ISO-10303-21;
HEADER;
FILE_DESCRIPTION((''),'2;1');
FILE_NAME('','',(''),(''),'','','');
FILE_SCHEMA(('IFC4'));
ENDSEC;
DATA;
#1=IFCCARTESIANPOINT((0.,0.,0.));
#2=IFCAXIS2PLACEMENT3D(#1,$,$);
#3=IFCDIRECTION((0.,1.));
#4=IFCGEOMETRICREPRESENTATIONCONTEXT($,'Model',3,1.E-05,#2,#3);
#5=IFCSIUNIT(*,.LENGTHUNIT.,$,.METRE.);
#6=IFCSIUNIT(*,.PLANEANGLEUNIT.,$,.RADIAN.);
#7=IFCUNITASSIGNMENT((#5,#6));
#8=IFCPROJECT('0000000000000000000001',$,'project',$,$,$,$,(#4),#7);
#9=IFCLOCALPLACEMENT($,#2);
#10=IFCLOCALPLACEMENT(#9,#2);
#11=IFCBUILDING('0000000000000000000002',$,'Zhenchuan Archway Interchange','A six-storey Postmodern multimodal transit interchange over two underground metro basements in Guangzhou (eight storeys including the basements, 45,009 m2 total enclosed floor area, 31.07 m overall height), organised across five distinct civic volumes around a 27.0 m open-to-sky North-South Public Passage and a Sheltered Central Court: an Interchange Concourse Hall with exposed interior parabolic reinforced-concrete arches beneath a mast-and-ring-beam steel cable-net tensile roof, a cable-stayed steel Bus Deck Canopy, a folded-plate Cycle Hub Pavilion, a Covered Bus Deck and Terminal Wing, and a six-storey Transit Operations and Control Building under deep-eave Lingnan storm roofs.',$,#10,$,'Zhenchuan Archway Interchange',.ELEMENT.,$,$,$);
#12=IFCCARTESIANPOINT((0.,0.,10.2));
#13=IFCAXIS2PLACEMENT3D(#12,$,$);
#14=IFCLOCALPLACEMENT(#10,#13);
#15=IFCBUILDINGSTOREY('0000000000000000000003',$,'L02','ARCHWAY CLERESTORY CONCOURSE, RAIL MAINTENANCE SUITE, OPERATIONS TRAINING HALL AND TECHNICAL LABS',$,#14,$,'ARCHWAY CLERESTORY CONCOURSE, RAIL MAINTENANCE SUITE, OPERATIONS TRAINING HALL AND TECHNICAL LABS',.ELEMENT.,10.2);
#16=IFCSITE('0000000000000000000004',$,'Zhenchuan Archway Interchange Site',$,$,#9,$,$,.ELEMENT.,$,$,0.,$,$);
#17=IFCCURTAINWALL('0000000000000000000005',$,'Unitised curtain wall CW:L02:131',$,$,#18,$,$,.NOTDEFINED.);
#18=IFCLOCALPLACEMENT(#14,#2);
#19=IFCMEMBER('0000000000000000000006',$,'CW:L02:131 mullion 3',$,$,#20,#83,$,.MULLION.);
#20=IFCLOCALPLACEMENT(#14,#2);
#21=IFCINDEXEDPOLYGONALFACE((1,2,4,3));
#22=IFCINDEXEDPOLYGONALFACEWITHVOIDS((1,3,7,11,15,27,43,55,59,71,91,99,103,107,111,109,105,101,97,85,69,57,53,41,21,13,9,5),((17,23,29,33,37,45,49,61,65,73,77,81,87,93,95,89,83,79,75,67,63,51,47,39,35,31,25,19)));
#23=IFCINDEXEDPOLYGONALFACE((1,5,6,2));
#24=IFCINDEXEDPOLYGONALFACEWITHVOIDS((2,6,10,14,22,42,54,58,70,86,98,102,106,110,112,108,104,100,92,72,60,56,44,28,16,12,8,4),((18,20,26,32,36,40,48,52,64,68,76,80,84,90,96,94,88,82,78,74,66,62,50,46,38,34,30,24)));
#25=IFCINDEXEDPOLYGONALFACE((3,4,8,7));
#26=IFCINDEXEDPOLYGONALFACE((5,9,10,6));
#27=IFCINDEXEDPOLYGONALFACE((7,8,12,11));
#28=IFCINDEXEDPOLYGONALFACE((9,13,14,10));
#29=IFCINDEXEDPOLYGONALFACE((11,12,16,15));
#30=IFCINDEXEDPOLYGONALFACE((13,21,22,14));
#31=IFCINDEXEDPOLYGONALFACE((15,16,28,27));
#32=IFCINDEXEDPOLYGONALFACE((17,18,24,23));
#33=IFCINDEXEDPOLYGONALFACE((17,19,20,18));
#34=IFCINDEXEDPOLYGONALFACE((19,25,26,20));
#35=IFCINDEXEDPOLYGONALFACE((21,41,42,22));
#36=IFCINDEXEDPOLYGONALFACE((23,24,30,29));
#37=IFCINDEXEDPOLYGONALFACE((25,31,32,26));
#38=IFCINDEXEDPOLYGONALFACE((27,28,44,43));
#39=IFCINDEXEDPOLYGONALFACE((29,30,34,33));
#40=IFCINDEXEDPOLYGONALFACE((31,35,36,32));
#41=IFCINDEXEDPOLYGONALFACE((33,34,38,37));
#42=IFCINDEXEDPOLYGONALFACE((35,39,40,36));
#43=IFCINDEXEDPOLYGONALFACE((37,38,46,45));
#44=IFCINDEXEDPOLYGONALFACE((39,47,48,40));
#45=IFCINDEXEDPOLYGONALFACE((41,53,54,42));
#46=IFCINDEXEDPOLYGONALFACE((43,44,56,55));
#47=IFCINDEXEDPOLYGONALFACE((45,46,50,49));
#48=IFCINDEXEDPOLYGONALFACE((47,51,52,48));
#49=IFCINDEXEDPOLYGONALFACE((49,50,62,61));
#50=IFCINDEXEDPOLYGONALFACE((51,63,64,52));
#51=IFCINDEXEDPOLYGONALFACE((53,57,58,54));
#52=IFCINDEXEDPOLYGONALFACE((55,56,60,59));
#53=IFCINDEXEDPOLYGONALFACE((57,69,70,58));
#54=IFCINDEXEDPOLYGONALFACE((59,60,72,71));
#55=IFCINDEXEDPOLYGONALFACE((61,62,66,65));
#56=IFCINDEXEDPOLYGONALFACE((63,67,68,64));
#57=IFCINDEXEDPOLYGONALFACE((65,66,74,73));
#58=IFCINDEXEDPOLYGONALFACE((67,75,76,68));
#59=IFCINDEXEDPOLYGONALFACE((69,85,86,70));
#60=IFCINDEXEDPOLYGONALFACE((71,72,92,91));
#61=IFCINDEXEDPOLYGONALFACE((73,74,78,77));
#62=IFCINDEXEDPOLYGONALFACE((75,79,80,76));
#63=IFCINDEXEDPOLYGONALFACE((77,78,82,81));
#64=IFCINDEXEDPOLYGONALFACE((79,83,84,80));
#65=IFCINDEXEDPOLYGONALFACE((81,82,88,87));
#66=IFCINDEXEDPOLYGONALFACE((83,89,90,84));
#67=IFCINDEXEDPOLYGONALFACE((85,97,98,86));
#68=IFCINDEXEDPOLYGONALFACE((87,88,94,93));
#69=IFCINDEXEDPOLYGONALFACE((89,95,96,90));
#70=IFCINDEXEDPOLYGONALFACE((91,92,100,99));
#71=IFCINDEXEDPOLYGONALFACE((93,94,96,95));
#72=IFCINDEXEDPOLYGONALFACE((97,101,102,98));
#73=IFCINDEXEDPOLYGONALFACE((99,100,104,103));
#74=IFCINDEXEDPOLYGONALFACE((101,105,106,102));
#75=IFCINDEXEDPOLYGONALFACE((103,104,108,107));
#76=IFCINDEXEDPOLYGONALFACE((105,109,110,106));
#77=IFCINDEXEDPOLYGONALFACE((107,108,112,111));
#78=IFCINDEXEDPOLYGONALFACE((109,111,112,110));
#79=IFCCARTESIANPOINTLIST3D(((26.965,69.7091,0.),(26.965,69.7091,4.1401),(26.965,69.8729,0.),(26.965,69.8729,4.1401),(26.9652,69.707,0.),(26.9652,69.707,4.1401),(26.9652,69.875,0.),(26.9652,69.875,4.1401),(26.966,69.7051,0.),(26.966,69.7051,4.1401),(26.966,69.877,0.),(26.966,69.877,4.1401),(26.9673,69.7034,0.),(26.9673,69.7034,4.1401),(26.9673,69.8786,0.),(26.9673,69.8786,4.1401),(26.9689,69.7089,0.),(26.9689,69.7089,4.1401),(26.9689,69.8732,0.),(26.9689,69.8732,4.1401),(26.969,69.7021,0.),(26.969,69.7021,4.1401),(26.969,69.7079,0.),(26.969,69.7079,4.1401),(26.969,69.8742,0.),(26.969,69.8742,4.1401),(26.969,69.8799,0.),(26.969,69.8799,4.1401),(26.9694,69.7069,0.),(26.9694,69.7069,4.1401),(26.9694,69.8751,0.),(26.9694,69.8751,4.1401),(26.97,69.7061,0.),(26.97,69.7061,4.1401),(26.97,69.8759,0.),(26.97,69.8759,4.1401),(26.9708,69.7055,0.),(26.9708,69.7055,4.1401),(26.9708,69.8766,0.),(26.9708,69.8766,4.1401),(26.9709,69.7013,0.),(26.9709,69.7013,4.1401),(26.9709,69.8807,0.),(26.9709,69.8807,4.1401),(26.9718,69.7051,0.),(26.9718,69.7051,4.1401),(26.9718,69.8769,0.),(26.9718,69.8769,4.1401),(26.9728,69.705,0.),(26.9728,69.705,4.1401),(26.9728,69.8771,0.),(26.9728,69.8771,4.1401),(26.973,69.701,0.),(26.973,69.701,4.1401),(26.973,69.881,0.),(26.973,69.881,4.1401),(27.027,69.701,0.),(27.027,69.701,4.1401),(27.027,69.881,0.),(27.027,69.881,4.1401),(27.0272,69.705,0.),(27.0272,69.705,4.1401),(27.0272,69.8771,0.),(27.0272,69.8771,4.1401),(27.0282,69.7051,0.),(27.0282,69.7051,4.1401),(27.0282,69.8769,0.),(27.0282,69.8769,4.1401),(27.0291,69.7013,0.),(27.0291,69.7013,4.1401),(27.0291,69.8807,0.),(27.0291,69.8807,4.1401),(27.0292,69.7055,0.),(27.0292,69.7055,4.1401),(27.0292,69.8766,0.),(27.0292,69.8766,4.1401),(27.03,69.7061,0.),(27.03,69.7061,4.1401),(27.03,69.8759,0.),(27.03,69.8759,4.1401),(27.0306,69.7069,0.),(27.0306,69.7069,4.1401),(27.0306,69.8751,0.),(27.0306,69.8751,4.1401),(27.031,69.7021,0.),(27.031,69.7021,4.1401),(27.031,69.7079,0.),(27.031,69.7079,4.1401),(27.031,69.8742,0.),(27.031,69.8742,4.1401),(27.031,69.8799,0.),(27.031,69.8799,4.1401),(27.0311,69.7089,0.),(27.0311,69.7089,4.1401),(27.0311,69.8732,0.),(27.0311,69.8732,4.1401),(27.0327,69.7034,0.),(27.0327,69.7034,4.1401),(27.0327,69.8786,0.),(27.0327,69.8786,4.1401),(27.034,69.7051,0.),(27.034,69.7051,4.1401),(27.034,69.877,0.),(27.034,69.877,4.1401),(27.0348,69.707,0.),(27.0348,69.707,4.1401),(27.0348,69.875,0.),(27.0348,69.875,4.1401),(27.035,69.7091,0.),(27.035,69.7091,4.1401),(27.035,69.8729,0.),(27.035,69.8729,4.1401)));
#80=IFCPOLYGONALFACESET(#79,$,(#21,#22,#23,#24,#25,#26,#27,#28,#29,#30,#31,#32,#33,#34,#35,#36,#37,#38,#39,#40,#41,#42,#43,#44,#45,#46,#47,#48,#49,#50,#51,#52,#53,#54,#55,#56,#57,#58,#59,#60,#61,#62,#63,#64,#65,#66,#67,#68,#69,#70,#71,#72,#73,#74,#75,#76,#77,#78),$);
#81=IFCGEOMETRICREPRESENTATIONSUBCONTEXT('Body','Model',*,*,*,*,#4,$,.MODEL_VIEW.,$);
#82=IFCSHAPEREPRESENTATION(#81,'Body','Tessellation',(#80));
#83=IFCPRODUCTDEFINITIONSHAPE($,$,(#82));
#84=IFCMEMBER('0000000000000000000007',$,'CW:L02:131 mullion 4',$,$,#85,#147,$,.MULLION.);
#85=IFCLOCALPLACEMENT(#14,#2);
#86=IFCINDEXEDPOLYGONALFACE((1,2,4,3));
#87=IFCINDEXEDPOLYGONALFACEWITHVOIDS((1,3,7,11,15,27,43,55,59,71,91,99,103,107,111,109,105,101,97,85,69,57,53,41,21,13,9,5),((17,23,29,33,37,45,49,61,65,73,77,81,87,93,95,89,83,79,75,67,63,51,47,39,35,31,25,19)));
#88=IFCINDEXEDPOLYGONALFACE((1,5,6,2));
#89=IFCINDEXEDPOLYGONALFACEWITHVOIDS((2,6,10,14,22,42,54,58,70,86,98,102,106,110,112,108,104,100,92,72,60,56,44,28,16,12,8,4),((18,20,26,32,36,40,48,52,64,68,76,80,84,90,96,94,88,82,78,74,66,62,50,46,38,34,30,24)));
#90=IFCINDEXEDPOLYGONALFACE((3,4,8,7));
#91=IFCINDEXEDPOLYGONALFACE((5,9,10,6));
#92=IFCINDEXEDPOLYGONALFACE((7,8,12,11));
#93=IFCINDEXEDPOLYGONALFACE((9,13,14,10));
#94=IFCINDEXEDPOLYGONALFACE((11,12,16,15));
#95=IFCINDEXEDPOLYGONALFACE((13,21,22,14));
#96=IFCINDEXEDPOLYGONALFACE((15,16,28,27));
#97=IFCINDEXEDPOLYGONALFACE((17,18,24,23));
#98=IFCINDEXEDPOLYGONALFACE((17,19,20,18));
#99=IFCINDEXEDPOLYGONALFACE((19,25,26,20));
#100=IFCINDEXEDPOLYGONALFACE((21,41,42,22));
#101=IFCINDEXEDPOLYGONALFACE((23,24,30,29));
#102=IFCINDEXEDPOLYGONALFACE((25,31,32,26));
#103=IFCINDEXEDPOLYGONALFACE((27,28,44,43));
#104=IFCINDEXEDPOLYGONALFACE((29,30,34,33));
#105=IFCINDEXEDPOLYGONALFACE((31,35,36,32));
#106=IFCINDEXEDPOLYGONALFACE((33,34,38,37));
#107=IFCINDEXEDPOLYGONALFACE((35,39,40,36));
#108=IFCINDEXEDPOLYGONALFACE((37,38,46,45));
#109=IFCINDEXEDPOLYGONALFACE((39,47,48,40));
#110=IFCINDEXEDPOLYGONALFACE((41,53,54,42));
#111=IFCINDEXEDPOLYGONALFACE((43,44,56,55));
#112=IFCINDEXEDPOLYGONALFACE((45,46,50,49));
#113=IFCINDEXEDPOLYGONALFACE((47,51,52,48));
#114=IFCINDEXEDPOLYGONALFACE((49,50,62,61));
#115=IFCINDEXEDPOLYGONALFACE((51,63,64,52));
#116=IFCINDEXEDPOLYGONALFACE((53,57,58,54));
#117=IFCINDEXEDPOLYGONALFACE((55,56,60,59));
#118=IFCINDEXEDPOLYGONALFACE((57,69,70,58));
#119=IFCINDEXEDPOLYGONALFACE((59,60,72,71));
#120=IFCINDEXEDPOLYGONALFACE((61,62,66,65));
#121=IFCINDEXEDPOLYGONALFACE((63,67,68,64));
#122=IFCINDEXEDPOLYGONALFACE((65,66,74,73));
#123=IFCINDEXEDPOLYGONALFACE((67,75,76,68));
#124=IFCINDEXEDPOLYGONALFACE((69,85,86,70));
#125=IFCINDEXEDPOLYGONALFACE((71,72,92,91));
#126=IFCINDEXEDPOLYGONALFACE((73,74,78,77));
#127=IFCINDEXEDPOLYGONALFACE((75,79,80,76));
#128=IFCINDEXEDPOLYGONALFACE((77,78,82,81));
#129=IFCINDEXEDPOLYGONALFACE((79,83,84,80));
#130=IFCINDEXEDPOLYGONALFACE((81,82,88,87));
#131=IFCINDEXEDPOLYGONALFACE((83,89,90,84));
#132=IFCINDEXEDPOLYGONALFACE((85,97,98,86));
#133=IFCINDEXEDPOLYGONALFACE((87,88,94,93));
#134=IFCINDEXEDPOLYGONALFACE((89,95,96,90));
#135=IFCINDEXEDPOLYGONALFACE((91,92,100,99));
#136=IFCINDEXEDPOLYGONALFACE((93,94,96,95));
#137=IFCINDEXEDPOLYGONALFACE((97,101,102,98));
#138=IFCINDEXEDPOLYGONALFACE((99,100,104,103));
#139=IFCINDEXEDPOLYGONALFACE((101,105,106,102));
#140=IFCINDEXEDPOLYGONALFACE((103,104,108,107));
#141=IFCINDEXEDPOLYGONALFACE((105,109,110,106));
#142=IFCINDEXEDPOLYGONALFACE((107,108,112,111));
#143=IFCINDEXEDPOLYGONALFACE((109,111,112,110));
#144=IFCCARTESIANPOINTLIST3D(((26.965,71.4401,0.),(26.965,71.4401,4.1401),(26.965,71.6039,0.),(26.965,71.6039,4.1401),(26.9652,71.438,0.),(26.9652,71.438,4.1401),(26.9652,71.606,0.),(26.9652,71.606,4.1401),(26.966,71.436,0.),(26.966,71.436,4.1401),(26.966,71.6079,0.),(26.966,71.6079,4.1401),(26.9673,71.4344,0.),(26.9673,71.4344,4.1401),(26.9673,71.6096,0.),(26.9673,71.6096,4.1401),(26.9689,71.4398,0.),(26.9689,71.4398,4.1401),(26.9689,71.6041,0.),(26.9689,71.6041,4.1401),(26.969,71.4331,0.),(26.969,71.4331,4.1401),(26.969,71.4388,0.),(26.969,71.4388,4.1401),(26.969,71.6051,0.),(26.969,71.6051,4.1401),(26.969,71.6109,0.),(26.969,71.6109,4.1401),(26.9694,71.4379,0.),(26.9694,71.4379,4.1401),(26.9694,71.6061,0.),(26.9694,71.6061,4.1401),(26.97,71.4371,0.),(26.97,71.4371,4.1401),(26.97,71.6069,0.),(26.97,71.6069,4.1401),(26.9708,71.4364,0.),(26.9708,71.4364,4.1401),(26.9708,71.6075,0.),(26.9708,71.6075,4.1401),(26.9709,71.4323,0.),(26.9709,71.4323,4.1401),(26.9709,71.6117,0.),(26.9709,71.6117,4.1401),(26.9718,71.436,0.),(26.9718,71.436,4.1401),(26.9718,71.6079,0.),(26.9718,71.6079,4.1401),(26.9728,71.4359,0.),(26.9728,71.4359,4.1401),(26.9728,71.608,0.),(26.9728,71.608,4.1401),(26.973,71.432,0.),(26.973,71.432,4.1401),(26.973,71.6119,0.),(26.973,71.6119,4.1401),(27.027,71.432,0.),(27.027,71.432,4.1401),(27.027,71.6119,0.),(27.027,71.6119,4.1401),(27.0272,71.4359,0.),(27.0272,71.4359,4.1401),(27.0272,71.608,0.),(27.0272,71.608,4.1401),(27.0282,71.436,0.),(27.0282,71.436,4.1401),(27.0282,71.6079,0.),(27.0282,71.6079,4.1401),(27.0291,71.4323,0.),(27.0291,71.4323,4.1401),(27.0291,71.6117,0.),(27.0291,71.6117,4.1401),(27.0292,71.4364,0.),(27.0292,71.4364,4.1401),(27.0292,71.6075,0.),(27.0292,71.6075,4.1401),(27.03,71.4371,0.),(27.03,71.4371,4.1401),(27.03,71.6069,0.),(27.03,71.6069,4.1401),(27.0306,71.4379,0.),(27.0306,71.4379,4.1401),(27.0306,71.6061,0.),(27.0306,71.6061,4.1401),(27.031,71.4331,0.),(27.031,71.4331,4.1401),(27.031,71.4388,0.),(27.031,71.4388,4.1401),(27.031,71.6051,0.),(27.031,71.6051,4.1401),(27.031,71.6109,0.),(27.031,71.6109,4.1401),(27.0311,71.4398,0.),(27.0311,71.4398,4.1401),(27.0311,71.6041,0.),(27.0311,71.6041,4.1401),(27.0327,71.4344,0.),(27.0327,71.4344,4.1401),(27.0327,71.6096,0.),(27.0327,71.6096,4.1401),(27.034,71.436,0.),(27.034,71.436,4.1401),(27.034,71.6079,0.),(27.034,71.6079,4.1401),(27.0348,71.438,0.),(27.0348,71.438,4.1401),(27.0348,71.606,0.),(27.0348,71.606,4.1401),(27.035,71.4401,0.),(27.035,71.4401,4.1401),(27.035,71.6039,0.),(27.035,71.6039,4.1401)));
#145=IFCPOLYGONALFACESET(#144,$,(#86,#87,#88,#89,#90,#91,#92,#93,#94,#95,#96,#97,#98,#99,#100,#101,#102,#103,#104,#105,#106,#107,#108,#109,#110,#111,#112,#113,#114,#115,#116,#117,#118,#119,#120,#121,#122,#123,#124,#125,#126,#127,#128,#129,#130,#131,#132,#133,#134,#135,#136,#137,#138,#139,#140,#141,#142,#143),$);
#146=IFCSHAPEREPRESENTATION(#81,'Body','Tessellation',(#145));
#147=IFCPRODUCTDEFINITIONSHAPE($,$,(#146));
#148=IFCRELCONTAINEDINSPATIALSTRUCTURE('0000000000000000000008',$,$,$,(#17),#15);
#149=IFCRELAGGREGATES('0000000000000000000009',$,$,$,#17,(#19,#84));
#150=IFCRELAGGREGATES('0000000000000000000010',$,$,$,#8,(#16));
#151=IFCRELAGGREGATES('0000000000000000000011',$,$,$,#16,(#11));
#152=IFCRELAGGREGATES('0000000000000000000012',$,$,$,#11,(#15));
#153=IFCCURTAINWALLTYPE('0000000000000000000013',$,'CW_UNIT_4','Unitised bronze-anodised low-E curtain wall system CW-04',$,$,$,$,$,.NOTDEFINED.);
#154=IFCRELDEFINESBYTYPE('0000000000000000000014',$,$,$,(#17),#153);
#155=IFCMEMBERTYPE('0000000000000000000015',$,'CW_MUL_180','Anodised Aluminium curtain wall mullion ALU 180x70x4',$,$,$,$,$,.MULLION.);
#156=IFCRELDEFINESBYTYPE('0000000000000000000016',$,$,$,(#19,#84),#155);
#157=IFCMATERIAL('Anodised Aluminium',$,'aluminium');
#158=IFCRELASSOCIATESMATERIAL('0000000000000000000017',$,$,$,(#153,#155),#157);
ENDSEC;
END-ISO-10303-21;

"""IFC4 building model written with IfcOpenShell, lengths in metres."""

from ifc_helpers import new_model, si_unit, direction, frame, origin, origin_2d, place, context, subcontext, project, spatial, hollow_rectangle, extrude, material, material_profile, profile_set, type_object, element, aggregate, save


model = new_model("IFC4")

# Units and contexts
model_context = context("Model", 3, precision=1e-05, world=origin(), true_north=direction((0.0, 1.0)))
body_context = subcontext(model_context, "Body", "Model", "MODEL_VIEW")
ifc_project = project(units=[si_unit("LENGTHUNIT", "METRE"), si_unit("PLANEANGLEUNIT", "RADIAN")], contexts=[model_context])

# Site, building, storey
site_placement = place(None, origin())
site = spatial("IfcSite", under=ifc_project, at=site_placement, Name="Zhenchuan Archway Interchange Site", CompositionType="ELEMENT", RefElevation=0.0)
building_placement = place(site_placement, origin())
building = spatial("IfcBuilding", under=site, at=building_placement, Name="Zhenchuan Archway Interchange", Description="A six-storey Postmodern multimodal transit interchange over two underground metro basements in Guangzhou (eight storeys including the basements, 45,009 m2 total enclosed floor area, 31.07 m overall height), organised across five distinct civic volumes around a 27.0 m open-to-sky North-South Public Passage and a Sheltered Central Court: an Interchange Concourse Hall with exposed interior parabolic reinforced-concrete arches beneath a mast-and-ring-beam steel cable-net tensile roof, a cable-stayed steel Bus Deck Canopy, a folded-plate Cycle Hub Pavilion, a Covered Bus Deck and Terminal Wing, and a six-storey Transit Operations and Control Building under deep-eave Lingnan storm roofs.", LongName="Zhenchuan Archway Interchange", CompositionType="ELEMENT")
storey_placement = place(building_placement, frame((0.0, 0.0, 10.2)))
storey = spatial("IfcBuildingStorey", under=building, at=storey_placement, Name="L02", Description="ARCHWAY CLERESTORY CONCOURSE, RAIL MAINTENANCE SUITE, OPERATIONS TRAINING HALL AND TECHNICAL LABS", LongName="ARCHWAY CLERESTORY CONCOURSE, RAIL MAINTENANCE SUITE, OPERATIONS TRAINING HALL AND TECHNICAL LABS", CompositionType="ELEMENT", Elevation=10.2)

# Curtain wall, members
ifc_material_1 = material(Name="Anodised Aluminium", Category="aluminium")
curtain_wall_type = type_object("IfcCurtainWallType", Name="CW_UNIT_4", Description="Unitised bronze-anodised low-E curtain wall system CW-04", PredefinedType="NOTDEFINED", material=ifc_material_1)
curtain_wall_placement = place(storey_placement, origin())
curtain_wall = element("IfcCurtainWall", 1, at=curtain_wall_placement, inside=storey, type_object=curtain_wall_type, Name="Unitised curtain wall CW:L02:131", PredefinedType="NOTDEFINED")
ifc_material_profile_1 = material_profile(ifc_material_1, hollow_rectangle(XDim=0.0701, YDim=0.1799, WallThickness=0.0039, InnerFilletRadius=0.0039, OuterFilletRadius=0.0081, at=origin_2d()), Name="ALU 180x70x4")
ifc_profile_set_1 = profile_set([ifc_material_profile_1], Name="Anodised Aluminium")
member_type_1 = type_object("IfcMemberType", Name="CW_MUL_180", Description="Anodised Aluminium curtain wall mullion ALU 180x70x4", PredefinedType="MULLION", material=ifc_profile_set_1)
member_1_placement = place(storey_placement, frame((27.0, 69.791, 0.0), z_axis=(0.0, 0.0, 1.0), x_axis=(1.0, 0.0, 0.0)))
member_1 = element("IfcMember", 2, at=member_1_placement, type_object=member_type_1, Name="CW:L02:131 mullion 3", PredefinedType="MULLION", context=body_context, shape_type="SweptSolid", body=[
    extrude(hollow_rectangle(XDim=0.0701, YDim=0.1799, WallThickness=0.0039, InnerFilletRadius=0.0039, OuterFilletRadius=0.0081, at=origin_2d()), origin(), (0.0, 0.0, 1.0), 4.1401),
])
member_2_placement = place(storey_placement, frame((27.0, 71.522, 0.0), z_axis=(0.0, 0.0, 1.0), x_axis=(1.0, 0.0, 0.0)))
member_2 = element("IfcMember", 3, at=member_2_placement, type_object=member_type_1, Name="CW:L02:131 mullion 4", PredefinedType="MULLION", context=body_context, shape_type="SweptSolid", body=[
    extrude(hollow_rectangle(XDim=0.0701, YDim=0.1799, WallThickness=0.0039, InnerFilletRadius=0.0039, OuterFilletRadius=0.0081, at=origin_2d()), origin(), (0.0, 0.0, 1.0), 4.1401),
])
aggregate(curtain_wall, [member_1, member_2])

save(model, "model.ifc")
